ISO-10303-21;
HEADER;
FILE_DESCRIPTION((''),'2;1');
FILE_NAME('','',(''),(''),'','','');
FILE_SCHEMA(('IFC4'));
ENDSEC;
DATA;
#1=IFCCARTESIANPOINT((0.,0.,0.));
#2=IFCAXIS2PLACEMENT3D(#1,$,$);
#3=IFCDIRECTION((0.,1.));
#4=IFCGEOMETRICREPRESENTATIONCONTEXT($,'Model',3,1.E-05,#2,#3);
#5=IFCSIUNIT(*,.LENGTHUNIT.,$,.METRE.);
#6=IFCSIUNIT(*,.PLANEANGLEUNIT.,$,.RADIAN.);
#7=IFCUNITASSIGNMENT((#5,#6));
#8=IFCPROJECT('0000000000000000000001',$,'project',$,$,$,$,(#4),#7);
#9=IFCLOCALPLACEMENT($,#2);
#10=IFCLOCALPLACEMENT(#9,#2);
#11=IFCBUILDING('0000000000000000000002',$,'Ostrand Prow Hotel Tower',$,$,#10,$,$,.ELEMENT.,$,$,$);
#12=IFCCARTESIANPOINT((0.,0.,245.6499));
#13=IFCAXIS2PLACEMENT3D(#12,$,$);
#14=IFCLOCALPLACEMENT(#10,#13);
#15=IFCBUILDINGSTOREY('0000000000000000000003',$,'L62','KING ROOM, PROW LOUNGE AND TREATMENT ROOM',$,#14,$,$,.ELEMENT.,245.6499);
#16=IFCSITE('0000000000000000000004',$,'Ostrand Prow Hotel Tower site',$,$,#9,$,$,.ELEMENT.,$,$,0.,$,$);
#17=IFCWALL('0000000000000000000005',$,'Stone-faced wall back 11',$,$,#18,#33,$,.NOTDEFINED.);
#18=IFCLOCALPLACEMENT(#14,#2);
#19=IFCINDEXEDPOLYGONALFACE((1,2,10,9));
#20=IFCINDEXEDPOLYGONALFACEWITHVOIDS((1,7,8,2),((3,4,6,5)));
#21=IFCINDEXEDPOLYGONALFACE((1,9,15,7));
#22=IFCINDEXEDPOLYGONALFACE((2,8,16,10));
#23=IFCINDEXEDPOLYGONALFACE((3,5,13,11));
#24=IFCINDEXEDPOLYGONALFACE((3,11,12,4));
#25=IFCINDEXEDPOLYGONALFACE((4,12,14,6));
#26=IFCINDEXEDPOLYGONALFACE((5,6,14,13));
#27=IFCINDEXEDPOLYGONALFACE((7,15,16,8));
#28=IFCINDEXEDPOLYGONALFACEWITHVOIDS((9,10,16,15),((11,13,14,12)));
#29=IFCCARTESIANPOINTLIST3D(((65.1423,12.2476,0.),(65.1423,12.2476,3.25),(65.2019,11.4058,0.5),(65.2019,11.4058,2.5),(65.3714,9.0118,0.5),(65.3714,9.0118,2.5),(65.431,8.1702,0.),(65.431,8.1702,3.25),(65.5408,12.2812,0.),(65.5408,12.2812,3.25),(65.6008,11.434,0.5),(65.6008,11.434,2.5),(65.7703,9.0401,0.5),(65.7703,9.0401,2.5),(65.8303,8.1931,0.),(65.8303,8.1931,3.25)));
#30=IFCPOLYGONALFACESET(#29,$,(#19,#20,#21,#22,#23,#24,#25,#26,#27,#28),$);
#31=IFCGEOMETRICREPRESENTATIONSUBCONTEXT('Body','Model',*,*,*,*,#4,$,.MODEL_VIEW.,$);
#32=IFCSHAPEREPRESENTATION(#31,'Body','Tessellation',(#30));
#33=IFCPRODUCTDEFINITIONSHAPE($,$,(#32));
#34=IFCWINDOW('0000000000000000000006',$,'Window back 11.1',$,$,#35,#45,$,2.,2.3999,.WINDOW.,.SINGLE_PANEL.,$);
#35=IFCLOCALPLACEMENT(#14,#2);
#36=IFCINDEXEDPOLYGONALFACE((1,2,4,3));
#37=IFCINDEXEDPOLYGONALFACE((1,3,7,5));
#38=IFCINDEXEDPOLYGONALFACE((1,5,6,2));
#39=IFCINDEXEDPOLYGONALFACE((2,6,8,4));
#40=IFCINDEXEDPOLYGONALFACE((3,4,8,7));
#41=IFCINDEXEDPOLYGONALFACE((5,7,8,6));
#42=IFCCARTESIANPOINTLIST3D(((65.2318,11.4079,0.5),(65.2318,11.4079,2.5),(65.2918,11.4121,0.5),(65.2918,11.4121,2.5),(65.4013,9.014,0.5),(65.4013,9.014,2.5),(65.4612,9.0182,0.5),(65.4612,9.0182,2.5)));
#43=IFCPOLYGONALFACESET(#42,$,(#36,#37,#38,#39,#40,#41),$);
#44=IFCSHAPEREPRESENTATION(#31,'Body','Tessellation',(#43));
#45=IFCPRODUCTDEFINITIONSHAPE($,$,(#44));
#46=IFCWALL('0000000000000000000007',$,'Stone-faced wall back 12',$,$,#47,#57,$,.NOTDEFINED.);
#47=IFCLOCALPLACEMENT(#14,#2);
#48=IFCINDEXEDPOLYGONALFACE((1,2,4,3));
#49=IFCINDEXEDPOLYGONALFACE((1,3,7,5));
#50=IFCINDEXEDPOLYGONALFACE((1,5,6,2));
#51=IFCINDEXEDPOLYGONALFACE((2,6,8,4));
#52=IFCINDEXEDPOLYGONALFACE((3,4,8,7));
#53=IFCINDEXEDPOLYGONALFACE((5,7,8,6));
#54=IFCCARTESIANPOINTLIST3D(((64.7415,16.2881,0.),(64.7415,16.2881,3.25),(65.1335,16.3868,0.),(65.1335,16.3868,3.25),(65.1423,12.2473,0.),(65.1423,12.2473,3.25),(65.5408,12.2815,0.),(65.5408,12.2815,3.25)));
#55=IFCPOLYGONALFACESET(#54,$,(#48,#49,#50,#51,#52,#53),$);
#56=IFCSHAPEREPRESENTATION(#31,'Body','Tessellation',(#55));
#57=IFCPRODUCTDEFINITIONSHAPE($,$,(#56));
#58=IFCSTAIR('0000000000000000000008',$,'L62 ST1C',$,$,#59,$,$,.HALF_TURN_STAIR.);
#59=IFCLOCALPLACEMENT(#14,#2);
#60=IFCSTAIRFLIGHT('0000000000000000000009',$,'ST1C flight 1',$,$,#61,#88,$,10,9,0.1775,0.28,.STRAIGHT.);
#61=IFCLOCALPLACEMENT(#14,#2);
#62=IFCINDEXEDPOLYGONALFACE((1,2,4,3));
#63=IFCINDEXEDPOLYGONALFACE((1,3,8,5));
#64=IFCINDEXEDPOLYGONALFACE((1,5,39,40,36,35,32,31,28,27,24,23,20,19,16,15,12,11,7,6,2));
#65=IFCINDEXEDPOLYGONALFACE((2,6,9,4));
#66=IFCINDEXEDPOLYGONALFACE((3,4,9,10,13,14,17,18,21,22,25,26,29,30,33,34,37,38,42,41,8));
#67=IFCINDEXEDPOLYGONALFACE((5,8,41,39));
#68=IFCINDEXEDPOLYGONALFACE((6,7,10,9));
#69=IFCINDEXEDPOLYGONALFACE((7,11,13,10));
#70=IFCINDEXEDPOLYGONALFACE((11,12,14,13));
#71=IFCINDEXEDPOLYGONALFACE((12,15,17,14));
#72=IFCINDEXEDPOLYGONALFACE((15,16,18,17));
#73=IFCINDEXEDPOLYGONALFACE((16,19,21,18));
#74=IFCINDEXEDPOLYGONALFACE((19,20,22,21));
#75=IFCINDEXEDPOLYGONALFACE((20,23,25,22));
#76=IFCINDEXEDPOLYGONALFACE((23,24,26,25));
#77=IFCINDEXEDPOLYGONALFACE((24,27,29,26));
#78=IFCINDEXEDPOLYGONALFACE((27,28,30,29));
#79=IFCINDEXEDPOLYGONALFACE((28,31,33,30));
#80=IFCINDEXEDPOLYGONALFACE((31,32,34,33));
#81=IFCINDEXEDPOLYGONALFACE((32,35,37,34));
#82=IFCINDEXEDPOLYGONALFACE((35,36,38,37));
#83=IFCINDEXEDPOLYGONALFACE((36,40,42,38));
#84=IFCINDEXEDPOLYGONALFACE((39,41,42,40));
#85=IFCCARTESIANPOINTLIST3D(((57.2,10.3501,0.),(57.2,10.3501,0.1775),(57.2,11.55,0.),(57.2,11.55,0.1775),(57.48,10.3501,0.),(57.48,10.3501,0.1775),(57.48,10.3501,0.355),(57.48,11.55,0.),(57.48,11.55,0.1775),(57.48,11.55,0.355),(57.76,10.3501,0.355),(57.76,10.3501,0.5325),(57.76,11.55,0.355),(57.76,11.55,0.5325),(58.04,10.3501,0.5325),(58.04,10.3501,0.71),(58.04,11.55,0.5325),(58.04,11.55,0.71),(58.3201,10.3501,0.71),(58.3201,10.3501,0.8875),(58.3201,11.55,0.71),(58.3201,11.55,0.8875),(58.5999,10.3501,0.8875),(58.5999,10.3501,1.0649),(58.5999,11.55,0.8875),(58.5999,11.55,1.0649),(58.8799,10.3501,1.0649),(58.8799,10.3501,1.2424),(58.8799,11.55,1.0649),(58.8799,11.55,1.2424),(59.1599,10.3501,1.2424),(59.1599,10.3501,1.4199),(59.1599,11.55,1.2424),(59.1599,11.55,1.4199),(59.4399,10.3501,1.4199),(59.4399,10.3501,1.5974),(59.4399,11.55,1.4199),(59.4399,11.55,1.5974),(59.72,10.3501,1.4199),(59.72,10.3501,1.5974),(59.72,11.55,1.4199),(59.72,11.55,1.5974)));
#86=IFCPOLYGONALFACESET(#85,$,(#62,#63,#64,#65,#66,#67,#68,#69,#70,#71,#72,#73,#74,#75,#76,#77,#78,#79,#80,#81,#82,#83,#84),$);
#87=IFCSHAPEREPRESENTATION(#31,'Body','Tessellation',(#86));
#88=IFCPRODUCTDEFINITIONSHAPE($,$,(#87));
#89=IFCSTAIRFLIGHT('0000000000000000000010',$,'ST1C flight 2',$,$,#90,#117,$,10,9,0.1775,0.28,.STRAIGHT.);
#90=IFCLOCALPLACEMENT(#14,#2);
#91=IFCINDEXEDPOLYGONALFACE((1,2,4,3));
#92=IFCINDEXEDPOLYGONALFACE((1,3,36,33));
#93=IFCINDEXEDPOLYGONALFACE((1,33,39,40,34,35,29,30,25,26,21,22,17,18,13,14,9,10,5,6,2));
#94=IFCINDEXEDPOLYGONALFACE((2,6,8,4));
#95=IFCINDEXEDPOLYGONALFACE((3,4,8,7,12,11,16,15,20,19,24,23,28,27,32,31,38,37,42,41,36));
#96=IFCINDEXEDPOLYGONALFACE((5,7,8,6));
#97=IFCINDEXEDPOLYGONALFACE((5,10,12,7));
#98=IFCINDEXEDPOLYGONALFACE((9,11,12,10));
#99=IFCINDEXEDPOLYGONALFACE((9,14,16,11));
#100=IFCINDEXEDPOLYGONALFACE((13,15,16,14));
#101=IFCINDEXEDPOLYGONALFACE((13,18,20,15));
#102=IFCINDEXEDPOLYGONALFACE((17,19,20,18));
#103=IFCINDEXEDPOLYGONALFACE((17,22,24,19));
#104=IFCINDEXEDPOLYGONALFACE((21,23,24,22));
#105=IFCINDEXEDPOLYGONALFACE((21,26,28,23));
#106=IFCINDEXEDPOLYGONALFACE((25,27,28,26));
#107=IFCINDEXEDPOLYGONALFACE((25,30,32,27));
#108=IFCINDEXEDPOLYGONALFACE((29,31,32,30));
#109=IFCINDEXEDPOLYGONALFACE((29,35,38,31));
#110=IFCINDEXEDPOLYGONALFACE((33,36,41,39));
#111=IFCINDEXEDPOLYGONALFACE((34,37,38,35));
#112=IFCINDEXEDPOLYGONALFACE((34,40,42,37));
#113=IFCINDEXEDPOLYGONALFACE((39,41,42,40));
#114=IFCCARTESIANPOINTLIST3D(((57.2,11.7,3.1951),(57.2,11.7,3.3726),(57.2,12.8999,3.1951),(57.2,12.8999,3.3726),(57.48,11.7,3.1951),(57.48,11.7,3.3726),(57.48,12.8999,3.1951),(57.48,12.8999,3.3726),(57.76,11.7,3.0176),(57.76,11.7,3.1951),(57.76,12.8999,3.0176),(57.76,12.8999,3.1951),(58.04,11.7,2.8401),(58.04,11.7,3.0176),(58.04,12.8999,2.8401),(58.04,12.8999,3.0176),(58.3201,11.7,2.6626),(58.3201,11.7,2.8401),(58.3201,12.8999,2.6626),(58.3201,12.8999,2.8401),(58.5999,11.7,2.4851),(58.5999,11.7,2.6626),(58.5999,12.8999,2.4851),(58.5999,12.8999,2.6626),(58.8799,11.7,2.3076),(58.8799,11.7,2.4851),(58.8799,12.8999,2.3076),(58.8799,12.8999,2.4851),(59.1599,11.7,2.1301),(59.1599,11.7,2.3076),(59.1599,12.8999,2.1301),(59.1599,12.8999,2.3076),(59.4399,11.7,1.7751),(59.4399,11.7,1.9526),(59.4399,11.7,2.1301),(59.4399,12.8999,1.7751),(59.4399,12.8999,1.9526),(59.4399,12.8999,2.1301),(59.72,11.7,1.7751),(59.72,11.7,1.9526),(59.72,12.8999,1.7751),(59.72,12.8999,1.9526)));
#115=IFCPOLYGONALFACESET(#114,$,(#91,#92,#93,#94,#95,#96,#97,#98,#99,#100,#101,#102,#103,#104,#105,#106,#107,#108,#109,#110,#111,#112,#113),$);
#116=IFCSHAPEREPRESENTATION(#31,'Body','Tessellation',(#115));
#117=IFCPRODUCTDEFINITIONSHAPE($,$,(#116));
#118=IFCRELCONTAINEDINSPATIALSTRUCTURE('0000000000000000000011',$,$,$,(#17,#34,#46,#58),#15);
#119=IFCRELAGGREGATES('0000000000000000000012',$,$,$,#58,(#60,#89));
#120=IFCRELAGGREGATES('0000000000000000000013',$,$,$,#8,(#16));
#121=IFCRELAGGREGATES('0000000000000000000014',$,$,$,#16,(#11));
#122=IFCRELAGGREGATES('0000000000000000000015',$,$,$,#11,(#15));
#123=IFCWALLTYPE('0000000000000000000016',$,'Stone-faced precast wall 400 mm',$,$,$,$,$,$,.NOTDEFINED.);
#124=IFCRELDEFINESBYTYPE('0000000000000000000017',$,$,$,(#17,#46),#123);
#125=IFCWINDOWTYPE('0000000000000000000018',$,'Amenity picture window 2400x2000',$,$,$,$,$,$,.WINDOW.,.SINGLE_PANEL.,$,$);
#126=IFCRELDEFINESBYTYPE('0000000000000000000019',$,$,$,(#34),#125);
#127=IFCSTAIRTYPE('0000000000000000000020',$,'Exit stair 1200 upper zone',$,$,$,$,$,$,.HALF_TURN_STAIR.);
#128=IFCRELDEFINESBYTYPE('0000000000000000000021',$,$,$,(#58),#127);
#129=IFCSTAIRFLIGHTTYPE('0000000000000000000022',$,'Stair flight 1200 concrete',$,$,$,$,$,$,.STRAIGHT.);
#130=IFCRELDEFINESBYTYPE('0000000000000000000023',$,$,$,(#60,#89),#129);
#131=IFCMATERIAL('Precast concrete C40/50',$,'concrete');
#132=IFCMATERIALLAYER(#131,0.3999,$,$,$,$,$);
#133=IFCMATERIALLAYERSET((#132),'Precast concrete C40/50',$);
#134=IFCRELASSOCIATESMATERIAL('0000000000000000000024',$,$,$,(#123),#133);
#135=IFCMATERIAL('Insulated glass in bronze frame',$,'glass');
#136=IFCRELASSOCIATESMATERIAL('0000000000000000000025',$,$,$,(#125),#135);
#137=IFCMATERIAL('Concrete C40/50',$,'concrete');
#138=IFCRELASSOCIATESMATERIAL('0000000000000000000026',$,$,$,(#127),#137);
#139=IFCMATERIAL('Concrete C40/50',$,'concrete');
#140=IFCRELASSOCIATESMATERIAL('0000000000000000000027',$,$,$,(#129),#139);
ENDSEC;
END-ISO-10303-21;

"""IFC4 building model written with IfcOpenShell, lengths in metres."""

from ifc_helpers import new_model, si_unit, direction, frame, frame_2d, origin, place, context, subcontext, project, spatial, polyline, rectangle, outline, extrude, material, layer, layer_set, type_object, element, fill, aggregate, save


model = new_model("IFC4")

# Units and contexts
model_context = context("Model", 3, precision=1e-05, world=origin(), true_north=direction((0.0, 1.0)))
body_context = subcontext(model_context, "Body", "Model", "MODEL_VIEW")
ifc_project = project(units=[si_unit("LENGTHUNIT", "METRE"), si_unit("PLANEANGLEUNIT", "RADIAN")], contexts=[model_context])

# Site, building, storey
site_placement = place(None, origin())
site = spatial("IfcSite", under=ifc_project, at=site_placement, Name="Ostrand Prow Hotel Tower site", CompositionType="ELEMENT", RefElevation=0.0)
building_placement = place(site_placement, origin())
building = spatial("IfcBuilding", under=site, at=building_placement, Name="Ostrand Prow Hotel Tower", CompositionType="ELEMENT")
storey_placement = place(building_placement, frame((0.0, 0.0, 245.6499)))
storey = spatial("IfcBuildingStorey", under=building, at=storey_placement, Name="L62", Description="KING ROOM, PROW LOUNGE AND TREATMENT ROOM", CompositionType="ELEMENT", Elevation=245.6499)

# Shared definitions
ifc_material_1 = material(Name="Precast concrete C40/50", Category="concrete")
ifc_layer_1 = layer(ifc_material_1, 0.3999)
ifc_layer_set_1 = layer_set([ifc_layer_1], Name="Precast concrete C40/50")
wall_type_1 = type_object("IfcWallType", Name="Stone-faced precast wall 400 mm", PredefinedType="NOTDEFINED", material=ifc_layer_set_1)

# Wall, opening, window
wall_1_placement = place(storey_placement, frame((65.6306, 8.1816, 0.0), z_axis=(0.0, 0.0, 1.0), x_axis=(-0.070624, 0.997503, 0.0)))
wall_1 = element("IfcWall", 1, at=wall_1_placement, inside=storey, type_object=wall_type_1, Name="Stone-faced wall back 11", PredefinedType="NOTDEFINED", context=body_context, shape_type="SweptSolid", body=[
    extrude(outline(polyline([(-0.0027, -0.2), (4.0957, -0.2), (4.0903, 0.2), (0.0027, 0.2), (-0.0027, -0.2)])), origin(), (0.0, 0.0, 1.0), 3.25),
])
opening_1_placement = place(wall_1_placement, frame((0.8464, 0.0, 0.5)))
opening_1 = element("IfcOpeningElement", 2, at=opening_1_placement, cuts=wall_1, PredefinedType="OPENING", context=body_context, shape_type="SweptSolid", body=[
    extrude(rectangle(XDim=2.3999, YDim=2.0, at=frame_2d((1.2, 1.0))), frame((0.0, 0.21, 0.0), z_axis=(0.0, -1.0, 0.0), x_axis=(1.0, 0.0, 0.0)), (0.0, 0.0, 1.0), 0.4199),
])
ifc_material_2 = material(Name="Insulated glass in bronze frame", Category="glass")
window_type = type_object("IfcWindowType", Name="Amenity picture window 2400x2000", PartitioningType="SINGLE_PANEL", PredefinedType="WINDOW", material=ifc_material_2)
window_placement = place(opening_1_placement, origin())
window = element("IfcWindow", 3, at=window_placement, inside=storey, type_object=window_type, Name="Window back 11.1", OverallHeight=2.0, OverallWidth=2.3999, PartitioningType="SINGLE_PANEL", PredefinedType="WINDOW", context=body_context, shape_type="SweptSolid", body=[
    extrude(rectangle(XDim=2.3999, YDim=2.0, at=frame_2d((1.2, 1.0))), frame((0.0, 0.1699, 0.0), z_axis=(0.0, -1.0, 0.0), x_axis=(1.0, 0.0, 0.0)), (0.0, 0.0, 1.0), 0.0601),
])
fill(opening_1, window)

# Wall
wall_2_placement = place(storey_placement, frame((65.3416, 12.2644, 0.0), z_axis=(0.0, 0.0, 1.0), x_axis=(-0.098718, 0.995115, 0.0)))
element("IfcWall", 4, at=wall_2_placement, inside=storey, type_object=wall_type_1, Name="Stone-faced wall back 12", PredefinedType="NOTDEFINED", context=body_context, shape_type="SweptSolid", body=[
    extrude(outline(polyline([(-0.0027, -0.2), (4.1228, -0.2), (4.0632, 0.2), (0.0027, 0.2), (-0.0027, -0.2)])), origin(), (0.0, 0.0, 1.0), 3.25),
])

# Stair, stair flights
ifc_material_3 = material(Name="Concrete C40/50", Category="concrete")
stair_type = type_object("IfcStairType", Name="Exit stair 1200 upper zone", PredefinedType="HALF_TURN_STAIR", material=ifc_material_3)
stair_placement = place(storey_placement, origin())
stair = element("IfcStair", 5, at=stair_placement, inside=storey, type_object=stair_type, Name="L62 ST1C", PredefinedType="HALF_TURN_STAIR")
ifc_material_4 = material(Name="Concrete C40/50", Category="concrete")
stair_flight_type = type_object("IfcStairFlightType", Name="Stair flight 1200 concrete", PredefinedType="STRAIGHT", material=ifc_material_4)
stair_flight_1_placement = place(storey_placement, frame((57.2, 10.95, 0.0), z_axis=(0.0, 0.0, 1.0), x_axis=(1.0, 0.0, 0.0)))
stair_flight_1 = element("IfcStairFlight", 6, at=stair_flight_1_placement, type_object=stair_flight_type, Name="ST1C flight 1", NumberOfRisers=10, NumberOfTreads=9, PredefinedType="STRAIGHT", RiserHeight=0.1775, TreadLength=0.28, context=body_context, shape_type="SweptSolid", body=[
    extrude(outline(polyline([(0.0, 0.0), (0.0, 0.1775), (0.28, 0.1775), (0.28, 0.355), (0.5601, 0.355), (0.5601, 0.5325), (0.8401, 0.5325), (0.8401, 0.71), (1.1201, 0.71), (1.1201, 0.8875), (1.3999, 0.8875), (1.3999, 1.0649), (1.6799, 1.0649), (1.6799, 1.2424), (1.96, 1.2424), (1.96, 1.4199), (2.24, 1.4199), (2.24, 1.5974), (2.52, 1.5974), (2.52, 1.7749), (2.52, 1.4199), (0.28, 0.0), (0.0, 0.0)])), frame((0.0, 0.6001, 0.0), z_axis=(0.0, -1.0, 0.0), x_axis=(1.0, 0.0, 0.0)), (0.0, 0.0, 1.0), 1.2),
])
stair_flight_2_placement = place(storey_placement, frame((59.72, 12.3, 1.7751), z_axis=(0.0, 0.0, 1.0), x_axis=(-1.0, 0.0, 0.0)))
stair_flight_2 = element("IfcStairFlight", 7, at=stair_flight_2_placement, type_object=stair_flight_type, Name="ST1C flight 2", NumberOfRisers=10, NumberOfTreads=9, PredefinedType="STRAIGHT", RiserHeight=0.1775, TreadLength=0.28, context=body_context, shape_type="SweptSolid", body=[
    extrude(outline(polyline([(0.0, 0.0), (0.0, 0.1775), (0.28, 0.1775), (0.28, 0.355), (0.5601, 0.355), (0.5601, 0.5325), (0.8401, 0.5325), (0.8401, 0.71), (1.1201, 0.71), (1.1201, 0.8875), (1.3999, 0.8875), (1.3999, 1.0649), (1.6799, 1.0649), (1.6799, 1.2424), (1.96, 1.2424), (1.96, 1.4199), (2.24, 1.4199), (2.24, 1.5974), (2.52, 1.5974), (2.52, 1.7749), (2.52, 1.4199), (0.28, 0.0), (0.0, 0.0)])), frame((0.0, 0.6001, 0.0), z_axis=(0.0, -1.0, 0.0), x_axis=(1.0, 0.0, 0.0)), (0.0, 0.0, 1.0), 1.2),
])
aggregate(stair, [stair_flight_1, stair_flight_2])

save(model, "model.ifc")
